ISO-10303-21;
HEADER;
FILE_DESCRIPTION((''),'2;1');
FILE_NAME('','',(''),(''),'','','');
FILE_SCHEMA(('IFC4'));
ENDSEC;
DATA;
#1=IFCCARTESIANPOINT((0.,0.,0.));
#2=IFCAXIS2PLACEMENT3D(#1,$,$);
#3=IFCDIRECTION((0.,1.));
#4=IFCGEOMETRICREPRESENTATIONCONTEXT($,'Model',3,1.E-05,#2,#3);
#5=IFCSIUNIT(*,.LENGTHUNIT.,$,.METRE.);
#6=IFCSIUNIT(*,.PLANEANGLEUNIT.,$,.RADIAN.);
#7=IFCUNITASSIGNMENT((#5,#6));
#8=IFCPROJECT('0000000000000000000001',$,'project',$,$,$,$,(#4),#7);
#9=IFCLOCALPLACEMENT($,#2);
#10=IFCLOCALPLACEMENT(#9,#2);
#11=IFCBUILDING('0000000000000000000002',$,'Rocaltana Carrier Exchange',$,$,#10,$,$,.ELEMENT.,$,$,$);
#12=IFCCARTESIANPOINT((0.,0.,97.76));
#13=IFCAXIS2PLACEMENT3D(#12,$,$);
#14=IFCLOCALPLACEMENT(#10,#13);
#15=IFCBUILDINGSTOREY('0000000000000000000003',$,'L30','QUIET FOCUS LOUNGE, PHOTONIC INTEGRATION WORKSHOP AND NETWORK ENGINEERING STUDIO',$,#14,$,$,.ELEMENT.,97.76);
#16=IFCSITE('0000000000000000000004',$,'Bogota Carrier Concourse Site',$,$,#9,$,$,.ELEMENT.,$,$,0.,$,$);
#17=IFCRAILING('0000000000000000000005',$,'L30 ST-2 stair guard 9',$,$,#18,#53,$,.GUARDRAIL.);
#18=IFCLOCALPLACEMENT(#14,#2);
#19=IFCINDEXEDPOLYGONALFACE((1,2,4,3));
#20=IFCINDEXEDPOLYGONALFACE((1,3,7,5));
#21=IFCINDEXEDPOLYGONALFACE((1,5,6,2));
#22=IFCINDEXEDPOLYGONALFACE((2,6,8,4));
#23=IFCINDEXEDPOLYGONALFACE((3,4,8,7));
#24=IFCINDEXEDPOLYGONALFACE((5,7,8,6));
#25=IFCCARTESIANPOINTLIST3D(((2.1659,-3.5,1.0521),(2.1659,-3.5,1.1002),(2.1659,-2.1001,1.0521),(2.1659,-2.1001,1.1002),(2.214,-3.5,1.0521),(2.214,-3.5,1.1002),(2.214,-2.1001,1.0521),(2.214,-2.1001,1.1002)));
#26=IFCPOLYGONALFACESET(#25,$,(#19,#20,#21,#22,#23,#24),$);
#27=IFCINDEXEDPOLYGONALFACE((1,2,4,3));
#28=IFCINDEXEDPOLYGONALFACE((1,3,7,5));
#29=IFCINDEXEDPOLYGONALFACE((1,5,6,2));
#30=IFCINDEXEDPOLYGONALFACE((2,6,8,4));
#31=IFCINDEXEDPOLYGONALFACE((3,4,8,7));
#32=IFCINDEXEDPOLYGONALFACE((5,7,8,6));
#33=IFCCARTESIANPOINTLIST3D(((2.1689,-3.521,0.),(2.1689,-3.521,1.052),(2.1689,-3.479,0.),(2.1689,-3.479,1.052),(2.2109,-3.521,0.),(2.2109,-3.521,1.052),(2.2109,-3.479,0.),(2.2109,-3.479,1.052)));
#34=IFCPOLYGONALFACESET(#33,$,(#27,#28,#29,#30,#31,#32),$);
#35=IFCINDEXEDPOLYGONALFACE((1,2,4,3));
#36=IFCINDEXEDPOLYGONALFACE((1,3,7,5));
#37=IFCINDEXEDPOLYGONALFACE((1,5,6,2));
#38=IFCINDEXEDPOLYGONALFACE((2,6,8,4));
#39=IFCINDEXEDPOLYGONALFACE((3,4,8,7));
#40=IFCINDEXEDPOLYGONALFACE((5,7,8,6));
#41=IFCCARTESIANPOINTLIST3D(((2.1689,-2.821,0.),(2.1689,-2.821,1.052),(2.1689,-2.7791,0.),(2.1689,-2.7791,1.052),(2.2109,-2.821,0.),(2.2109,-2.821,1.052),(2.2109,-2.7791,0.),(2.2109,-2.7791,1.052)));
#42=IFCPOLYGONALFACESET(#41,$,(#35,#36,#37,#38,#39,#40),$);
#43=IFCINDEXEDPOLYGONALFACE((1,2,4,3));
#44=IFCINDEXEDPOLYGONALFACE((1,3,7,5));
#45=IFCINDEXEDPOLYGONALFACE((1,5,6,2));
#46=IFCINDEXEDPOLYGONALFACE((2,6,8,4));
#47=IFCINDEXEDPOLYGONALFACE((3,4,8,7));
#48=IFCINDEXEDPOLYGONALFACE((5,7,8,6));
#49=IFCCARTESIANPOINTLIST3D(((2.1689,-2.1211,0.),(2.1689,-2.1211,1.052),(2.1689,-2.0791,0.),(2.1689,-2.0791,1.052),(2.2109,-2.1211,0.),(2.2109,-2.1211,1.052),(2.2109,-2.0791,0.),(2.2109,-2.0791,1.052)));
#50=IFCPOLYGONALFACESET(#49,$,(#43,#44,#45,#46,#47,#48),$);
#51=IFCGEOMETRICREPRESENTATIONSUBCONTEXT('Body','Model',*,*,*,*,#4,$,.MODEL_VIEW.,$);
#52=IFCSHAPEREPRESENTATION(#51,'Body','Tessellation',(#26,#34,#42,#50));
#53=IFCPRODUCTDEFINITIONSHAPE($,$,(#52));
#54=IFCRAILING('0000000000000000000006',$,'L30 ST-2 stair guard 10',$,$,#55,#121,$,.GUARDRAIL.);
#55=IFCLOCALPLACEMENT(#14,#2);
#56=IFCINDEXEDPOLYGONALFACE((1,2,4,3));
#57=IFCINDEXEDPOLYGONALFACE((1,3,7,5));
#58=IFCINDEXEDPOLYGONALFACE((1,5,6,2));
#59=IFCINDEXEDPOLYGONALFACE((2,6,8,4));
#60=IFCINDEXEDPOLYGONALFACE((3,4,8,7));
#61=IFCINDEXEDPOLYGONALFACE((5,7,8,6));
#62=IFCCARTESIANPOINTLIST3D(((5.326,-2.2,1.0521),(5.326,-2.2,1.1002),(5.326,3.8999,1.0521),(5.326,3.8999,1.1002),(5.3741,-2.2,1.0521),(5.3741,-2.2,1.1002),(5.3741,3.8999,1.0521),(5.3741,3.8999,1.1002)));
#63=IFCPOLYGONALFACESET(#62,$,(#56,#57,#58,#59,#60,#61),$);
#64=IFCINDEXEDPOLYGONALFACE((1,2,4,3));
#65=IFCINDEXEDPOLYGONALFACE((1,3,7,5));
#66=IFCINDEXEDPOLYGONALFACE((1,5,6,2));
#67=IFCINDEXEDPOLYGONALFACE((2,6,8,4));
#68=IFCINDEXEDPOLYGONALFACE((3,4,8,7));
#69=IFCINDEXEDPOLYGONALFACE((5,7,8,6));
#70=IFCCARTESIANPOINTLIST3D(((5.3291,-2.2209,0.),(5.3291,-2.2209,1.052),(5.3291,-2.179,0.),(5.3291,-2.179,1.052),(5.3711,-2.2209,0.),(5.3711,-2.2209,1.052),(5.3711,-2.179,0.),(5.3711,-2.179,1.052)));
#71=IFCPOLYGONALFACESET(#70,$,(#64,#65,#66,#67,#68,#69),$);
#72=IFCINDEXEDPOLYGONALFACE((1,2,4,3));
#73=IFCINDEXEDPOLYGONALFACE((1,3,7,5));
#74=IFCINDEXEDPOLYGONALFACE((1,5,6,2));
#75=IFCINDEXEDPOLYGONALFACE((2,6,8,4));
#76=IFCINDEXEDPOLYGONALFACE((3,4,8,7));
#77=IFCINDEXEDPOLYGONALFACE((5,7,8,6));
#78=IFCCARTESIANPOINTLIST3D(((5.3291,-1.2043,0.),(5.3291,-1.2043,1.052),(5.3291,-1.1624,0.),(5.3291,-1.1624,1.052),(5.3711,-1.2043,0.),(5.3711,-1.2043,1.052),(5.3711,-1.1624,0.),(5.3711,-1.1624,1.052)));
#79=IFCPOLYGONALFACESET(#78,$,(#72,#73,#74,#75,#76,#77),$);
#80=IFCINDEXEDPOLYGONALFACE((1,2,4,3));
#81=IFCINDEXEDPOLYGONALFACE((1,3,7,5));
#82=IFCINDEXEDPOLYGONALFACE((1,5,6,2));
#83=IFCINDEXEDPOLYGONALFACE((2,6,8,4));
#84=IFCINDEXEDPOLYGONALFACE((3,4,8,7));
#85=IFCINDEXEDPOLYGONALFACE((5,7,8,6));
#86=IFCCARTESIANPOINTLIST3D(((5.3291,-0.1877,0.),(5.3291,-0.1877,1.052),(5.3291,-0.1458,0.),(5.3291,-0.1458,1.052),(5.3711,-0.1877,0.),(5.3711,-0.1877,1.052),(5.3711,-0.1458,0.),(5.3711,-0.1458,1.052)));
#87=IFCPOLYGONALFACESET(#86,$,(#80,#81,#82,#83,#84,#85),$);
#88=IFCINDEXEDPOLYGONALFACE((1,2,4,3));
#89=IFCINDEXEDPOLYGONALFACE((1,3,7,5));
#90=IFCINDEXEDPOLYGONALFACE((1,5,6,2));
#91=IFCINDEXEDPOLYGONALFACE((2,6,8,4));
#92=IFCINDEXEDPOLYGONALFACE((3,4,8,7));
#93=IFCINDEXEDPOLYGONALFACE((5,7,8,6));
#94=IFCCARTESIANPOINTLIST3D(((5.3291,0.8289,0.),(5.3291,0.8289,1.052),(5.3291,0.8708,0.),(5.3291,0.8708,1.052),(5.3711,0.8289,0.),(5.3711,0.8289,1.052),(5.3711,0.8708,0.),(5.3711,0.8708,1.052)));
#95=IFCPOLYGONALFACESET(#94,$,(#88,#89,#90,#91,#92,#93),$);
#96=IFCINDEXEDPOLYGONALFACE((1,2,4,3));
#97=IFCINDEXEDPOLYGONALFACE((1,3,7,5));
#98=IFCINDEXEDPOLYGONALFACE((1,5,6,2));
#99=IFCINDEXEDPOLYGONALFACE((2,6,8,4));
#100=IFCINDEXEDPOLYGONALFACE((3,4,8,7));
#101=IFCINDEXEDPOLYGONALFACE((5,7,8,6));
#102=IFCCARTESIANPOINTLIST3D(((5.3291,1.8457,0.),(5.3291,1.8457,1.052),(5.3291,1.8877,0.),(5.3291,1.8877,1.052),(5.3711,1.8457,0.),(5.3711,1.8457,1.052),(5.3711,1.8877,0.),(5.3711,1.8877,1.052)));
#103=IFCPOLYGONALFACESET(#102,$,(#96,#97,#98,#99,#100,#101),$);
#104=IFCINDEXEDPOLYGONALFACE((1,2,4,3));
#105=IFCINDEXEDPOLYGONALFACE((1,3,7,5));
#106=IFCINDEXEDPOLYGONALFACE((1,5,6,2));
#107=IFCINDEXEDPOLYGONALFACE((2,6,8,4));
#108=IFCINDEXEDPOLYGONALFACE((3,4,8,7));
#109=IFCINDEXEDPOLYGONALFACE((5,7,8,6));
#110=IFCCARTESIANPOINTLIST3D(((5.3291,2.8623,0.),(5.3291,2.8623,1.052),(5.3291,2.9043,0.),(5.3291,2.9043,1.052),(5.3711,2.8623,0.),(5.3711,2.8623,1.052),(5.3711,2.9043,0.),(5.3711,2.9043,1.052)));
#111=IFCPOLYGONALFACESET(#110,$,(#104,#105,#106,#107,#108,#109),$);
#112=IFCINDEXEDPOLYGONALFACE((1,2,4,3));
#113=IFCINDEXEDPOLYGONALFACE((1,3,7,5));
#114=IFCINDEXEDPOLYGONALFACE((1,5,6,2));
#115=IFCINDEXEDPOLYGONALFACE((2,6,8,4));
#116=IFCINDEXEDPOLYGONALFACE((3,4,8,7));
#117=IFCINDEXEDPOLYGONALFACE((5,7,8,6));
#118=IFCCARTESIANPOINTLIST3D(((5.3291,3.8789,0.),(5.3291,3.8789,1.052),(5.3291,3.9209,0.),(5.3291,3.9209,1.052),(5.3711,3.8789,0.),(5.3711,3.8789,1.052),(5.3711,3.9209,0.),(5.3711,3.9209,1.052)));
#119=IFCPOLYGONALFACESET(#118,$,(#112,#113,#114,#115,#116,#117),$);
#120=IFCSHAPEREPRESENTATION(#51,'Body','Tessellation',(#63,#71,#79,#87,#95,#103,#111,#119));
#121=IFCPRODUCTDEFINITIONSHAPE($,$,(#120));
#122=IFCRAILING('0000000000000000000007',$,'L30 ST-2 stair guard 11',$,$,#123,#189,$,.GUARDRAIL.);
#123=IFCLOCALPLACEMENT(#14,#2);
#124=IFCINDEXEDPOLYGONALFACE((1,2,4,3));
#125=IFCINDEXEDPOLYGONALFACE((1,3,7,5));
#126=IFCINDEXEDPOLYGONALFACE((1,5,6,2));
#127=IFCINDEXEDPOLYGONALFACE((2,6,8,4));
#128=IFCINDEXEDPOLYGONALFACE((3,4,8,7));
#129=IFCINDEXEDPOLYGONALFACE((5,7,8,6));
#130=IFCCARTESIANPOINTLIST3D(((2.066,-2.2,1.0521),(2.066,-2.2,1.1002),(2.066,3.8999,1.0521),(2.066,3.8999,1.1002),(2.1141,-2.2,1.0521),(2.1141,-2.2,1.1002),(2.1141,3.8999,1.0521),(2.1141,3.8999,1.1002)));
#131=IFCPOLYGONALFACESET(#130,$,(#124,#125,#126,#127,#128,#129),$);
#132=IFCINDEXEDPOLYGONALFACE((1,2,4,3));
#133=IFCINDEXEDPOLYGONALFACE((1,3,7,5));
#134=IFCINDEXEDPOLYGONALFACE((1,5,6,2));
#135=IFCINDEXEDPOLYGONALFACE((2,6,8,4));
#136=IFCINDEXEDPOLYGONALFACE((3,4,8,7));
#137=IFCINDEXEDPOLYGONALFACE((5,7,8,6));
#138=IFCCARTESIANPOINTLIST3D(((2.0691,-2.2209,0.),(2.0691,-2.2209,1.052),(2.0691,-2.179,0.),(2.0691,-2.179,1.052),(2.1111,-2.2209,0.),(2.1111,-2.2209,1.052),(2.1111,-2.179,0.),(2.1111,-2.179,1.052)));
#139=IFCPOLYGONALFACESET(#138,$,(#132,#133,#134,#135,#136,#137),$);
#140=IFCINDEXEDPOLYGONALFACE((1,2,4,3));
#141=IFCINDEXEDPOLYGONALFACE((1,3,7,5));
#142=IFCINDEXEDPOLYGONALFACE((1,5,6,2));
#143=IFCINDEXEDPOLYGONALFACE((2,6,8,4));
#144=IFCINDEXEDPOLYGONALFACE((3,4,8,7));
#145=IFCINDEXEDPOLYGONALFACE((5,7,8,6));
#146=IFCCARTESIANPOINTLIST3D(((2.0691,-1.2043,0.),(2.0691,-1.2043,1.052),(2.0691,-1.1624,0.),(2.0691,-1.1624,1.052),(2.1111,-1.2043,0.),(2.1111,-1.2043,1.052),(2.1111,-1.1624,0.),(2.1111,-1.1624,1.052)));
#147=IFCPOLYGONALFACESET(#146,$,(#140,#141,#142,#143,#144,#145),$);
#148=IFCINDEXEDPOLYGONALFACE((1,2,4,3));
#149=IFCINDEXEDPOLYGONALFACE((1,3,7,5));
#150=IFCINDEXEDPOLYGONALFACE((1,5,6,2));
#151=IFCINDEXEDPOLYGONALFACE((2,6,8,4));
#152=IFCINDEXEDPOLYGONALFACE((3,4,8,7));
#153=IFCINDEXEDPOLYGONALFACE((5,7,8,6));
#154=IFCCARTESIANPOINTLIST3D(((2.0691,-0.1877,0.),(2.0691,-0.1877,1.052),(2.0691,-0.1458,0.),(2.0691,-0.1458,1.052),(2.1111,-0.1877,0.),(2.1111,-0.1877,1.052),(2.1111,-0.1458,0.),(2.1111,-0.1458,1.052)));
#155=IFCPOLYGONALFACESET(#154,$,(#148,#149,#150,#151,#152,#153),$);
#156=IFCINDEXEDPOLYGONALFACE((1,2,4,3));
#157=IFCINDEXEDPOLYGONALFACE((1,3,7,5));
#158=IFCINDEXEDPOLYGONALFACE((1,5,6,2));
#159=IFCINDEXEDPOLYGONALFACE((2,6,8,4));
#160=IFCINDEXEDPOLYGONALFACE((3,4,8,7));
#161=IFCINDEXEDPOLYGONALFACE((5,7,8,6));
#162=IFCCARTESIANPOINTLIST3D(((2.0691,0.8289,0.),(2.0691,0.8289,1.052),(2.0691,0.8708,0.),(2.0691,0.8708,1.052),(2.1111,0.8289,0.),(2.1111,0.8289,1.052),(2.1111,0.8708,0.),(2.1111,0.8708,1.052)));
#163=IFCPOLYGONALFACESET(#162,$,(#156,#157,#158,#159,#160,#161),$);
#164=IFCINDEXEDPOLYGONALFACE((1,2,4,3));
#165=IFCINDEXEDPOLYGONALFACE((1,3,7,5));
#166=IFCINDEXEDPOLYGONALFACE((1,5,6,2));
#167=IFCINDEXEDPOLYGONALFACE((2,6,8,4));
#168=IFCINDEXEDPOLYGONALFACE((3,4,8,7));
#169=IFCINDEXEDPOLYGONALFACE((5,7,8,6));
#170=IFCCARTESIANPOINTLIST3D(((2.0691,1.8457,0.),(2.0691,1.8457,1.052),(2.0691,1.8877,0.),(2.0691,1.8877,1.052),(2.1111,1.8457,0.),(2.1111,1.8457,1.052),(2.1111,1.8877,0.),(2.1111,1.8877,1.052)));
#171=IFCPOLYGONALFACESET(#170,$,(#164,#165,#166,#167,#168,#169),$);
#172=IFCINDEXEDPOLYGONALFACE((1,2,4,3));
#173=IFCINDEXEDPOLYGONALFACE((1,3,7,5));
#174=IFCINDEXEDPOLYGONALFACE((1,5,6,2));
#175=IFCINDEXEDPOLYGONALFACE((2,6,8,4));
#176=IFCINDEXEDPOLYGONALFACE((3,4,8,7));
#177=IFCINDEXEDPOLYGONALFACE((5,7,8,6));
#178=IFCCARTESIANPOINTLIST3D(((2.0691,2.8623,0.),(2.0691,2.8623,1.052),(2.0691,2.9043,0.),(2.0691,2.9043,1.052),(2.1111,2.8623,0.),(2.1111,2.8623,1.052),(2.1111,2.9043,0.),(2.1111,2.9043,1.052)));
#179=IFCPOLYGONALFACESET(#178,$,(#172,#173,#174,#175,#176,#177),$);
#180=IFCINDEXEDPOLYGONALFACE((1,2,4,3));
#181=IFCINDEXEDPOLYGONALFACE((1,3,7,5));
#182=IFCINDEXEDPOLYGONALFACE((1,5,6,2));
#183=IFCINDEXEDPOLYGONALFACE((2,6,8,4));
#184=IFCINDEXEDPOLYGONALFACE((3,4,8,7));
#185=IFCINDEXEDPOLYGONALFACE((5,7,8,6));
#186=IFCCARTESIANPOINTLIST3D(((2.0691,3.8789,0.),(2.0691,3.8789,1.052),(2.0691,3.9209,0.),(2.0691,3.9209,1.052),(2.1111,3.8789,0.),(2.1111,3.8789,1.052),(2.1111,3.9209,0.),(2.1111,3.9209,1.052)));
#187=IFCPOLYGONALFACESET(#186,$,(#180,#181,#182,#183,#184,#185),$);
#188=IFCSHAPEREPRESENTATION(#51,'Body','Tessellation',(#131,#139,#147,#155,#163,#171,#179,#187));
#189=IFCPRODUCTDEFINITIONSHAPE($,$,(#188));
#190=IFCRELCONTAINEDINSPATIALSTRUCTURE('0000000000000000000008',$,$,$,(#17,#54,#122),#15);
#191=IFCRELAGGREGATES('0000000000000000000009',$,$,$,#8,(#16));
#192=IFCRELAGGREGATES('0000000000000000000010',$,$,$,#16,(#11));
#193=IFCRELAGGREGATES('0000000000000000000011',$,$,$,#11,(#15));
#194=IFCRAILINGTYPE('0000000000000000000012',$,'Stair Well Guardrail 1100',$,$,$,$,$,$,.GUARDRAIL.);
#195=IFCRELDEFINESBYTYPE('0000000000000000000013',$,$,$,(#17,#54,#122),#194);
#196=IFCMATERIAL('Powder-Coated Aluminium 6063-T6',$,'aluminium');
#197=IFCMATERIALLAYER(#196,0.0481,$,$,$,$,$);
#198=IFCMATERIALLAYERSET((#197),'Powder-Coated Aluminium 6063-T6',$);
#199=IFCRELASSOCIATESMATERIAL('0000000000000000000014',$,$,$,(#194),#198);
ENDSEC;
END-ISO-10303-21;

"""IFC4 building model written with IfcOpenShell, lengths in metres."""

from ifc_helpers import new_model, si_unit, direction, frame, origin, origin_2d, place, context, subcontext, project, spatial, rectangle, extrude, material, layer, layer_set, type_object, element, save


model = new_model("IFC4")

# Units and contexts
model_context = context("Model", 3, precision=1e-05, world=origin(), true_north=direction((0.0, 1.0)))
body_context = subcontext(model_context, "Body", "Model", "MODEL_VIEW")
ifc_project = project(units=[si_unit("LENGTHUNIT", "METRE"), si_unit("PLANEANGLEUNIT", "RADIAN")], contexts=[model_context])

# Site, building, storey
site_placement = place(None, origin())
site = spatial("IfcSite", under=ifc_project, at=site_placement, Name="Bogota Carrier Concourse Site", CompositionType="ELEMENT", RefElevation=0.0)
building_placement = place(site_placement, origin())
building = spatial("IfcBuilding", under=site, at=building_placement, Name="Rocaltana Carrier Exchange", CompositionType="ELEMENT")
storey_placement = place(building_placement, frame((0.0, 0.0, 97.76)))
storey = spatial("IfcBuildingStorey", under=building, at=storey_placement, Name="L30", Description="QUIET FOCUS LOUNGE, PHOTONIC INTEGRATION WORKSHOP AND NETWORK ENGINEERING STUDIO", CompositionType="ELEMENT", Elevation=97.76)

# Railings
ifc_material_1 = material(Name="Powder-Coated Aluminium 6063-T6", Category="aluminium")
ifc_layer_1 = layer(ifc_material_1, 0.0481)
ifc_layer_set_1 = layer_set([ifc_layer_1], Name="Powder-Coated Aluminium 6063-T6")
railing_type_1 = type_object("IfcRailingType", Name="Stair Well Guardrail 1100", PredefinedType="GUARDRAIL", material=ifc_layer_set_1)
for number, where, name in (
    (1, (2.1899, -3.5, 0.0), "L30 ST-2 stair guard 9"),
):
    element("IfcRailing", number, at=place(storey_placement, frame(where)), inside=storey, type_object=railing_type_1, Name=name, PredefinedType="GUARDRAIL", context=body_context, shape_type="SweptSolid", body=[
        extrude(rectangle(XDim=0.0481, YDim=0.0481, at=origin_2d()), frame((0.0, 0.0, 1.0762), z_axis=(0.0, 1.0, 0.0), x_axis=(-1.0, 0.0, 0.0)), (0.0, 0.0, 1.0), 1.3999),
        extrude(rectangle(XDim=0.042, YDim=0.042, at=origin_2d()), origin(), (0.0, 0.0, 1.0), 1.052),
        extrude(rectangle(XDim=0.042, YDim=0.042, at=origin_2d()), frame((0.0, 0.7, 0.0)), (0.0, 0.0, 1.0), 1.052),
        extrude(rectangle(XDim=0.042, YDim=0.042, at=origin_2d()), frame((0.0, 1.3999, 0.0)), (0.0, 0.0, 1.0), 1.052),
    ])
for number, where, name in (
    (2, (5.3501, -2.2, 0.0), "L30 ST-2 stair guard 10"),
    (3, (2.0901, -2.2, 0.0), "L30 ST-2 stair guard 11"),
):
    element("IfcRailing", number, at=place(storey_placement, frame(where)), inside=storey, type_object=railing_type_1, Name=name, PredefinedType="GUARDRAIL", context=body_context, shape_type="SweptSolid", body=[
        extrude(rectangle(XDim=0.0481, YDim=0.0481, at=origin_2d()), frame((0.0, 0.0, 1.0762), z_axis=(0.0, 1.0, 0.0), x_axis=(-1.0, 0.0, 0.0)), (0.0, 0.0, 1.0), 6.0999),
        extrude(rectangle(XDim=0.042, YDim=0.042, at=origin_2d()), origin(), (0.0, 0.0, 1.0), 1.052),
        extrude(rectangle(XDim=0.042, YDim=0.042, at=origin_2d()), frame((0.0, 1.0166, 0.0)), (0.0, 0.0, 1.0), 1.052),
        extrude(rectangle(XDim=0.042, YDim=0.042, at=origin_2d()), frame((0.0, 2.0332, 0.0)), (0.0, 0.0, 1.0), 1.052),
        extrude(rectangle(XDim=0.042, YDim=0.042, at=origin_2d()), frame((0.0, 3.0498, 0.0)), (0.0, 0.0, 1.0), 1.052),
        extrude(rectangle(XDim=0.042, YDim=0.042, at=origin_2d()), frame((0.0, 4.0667, 0.0)), (0.0, 0.0, 1.0), 1.052),
        extrude(rectangle(XDim=0.042, YDim=0.042, at=origin_2d()), frame((0.0, 5.0833, 0.0)), (0.0, 0.0, 1.0), 1.052),
        extrude(rectangle(XDim=0.042, YDim=0.042, at=origin_2d()), frame((0.0, 6.0999, 0.0)), (0.0, 0.0, 1.0), 1.052),
    ])

save(model, "model.ifc")
